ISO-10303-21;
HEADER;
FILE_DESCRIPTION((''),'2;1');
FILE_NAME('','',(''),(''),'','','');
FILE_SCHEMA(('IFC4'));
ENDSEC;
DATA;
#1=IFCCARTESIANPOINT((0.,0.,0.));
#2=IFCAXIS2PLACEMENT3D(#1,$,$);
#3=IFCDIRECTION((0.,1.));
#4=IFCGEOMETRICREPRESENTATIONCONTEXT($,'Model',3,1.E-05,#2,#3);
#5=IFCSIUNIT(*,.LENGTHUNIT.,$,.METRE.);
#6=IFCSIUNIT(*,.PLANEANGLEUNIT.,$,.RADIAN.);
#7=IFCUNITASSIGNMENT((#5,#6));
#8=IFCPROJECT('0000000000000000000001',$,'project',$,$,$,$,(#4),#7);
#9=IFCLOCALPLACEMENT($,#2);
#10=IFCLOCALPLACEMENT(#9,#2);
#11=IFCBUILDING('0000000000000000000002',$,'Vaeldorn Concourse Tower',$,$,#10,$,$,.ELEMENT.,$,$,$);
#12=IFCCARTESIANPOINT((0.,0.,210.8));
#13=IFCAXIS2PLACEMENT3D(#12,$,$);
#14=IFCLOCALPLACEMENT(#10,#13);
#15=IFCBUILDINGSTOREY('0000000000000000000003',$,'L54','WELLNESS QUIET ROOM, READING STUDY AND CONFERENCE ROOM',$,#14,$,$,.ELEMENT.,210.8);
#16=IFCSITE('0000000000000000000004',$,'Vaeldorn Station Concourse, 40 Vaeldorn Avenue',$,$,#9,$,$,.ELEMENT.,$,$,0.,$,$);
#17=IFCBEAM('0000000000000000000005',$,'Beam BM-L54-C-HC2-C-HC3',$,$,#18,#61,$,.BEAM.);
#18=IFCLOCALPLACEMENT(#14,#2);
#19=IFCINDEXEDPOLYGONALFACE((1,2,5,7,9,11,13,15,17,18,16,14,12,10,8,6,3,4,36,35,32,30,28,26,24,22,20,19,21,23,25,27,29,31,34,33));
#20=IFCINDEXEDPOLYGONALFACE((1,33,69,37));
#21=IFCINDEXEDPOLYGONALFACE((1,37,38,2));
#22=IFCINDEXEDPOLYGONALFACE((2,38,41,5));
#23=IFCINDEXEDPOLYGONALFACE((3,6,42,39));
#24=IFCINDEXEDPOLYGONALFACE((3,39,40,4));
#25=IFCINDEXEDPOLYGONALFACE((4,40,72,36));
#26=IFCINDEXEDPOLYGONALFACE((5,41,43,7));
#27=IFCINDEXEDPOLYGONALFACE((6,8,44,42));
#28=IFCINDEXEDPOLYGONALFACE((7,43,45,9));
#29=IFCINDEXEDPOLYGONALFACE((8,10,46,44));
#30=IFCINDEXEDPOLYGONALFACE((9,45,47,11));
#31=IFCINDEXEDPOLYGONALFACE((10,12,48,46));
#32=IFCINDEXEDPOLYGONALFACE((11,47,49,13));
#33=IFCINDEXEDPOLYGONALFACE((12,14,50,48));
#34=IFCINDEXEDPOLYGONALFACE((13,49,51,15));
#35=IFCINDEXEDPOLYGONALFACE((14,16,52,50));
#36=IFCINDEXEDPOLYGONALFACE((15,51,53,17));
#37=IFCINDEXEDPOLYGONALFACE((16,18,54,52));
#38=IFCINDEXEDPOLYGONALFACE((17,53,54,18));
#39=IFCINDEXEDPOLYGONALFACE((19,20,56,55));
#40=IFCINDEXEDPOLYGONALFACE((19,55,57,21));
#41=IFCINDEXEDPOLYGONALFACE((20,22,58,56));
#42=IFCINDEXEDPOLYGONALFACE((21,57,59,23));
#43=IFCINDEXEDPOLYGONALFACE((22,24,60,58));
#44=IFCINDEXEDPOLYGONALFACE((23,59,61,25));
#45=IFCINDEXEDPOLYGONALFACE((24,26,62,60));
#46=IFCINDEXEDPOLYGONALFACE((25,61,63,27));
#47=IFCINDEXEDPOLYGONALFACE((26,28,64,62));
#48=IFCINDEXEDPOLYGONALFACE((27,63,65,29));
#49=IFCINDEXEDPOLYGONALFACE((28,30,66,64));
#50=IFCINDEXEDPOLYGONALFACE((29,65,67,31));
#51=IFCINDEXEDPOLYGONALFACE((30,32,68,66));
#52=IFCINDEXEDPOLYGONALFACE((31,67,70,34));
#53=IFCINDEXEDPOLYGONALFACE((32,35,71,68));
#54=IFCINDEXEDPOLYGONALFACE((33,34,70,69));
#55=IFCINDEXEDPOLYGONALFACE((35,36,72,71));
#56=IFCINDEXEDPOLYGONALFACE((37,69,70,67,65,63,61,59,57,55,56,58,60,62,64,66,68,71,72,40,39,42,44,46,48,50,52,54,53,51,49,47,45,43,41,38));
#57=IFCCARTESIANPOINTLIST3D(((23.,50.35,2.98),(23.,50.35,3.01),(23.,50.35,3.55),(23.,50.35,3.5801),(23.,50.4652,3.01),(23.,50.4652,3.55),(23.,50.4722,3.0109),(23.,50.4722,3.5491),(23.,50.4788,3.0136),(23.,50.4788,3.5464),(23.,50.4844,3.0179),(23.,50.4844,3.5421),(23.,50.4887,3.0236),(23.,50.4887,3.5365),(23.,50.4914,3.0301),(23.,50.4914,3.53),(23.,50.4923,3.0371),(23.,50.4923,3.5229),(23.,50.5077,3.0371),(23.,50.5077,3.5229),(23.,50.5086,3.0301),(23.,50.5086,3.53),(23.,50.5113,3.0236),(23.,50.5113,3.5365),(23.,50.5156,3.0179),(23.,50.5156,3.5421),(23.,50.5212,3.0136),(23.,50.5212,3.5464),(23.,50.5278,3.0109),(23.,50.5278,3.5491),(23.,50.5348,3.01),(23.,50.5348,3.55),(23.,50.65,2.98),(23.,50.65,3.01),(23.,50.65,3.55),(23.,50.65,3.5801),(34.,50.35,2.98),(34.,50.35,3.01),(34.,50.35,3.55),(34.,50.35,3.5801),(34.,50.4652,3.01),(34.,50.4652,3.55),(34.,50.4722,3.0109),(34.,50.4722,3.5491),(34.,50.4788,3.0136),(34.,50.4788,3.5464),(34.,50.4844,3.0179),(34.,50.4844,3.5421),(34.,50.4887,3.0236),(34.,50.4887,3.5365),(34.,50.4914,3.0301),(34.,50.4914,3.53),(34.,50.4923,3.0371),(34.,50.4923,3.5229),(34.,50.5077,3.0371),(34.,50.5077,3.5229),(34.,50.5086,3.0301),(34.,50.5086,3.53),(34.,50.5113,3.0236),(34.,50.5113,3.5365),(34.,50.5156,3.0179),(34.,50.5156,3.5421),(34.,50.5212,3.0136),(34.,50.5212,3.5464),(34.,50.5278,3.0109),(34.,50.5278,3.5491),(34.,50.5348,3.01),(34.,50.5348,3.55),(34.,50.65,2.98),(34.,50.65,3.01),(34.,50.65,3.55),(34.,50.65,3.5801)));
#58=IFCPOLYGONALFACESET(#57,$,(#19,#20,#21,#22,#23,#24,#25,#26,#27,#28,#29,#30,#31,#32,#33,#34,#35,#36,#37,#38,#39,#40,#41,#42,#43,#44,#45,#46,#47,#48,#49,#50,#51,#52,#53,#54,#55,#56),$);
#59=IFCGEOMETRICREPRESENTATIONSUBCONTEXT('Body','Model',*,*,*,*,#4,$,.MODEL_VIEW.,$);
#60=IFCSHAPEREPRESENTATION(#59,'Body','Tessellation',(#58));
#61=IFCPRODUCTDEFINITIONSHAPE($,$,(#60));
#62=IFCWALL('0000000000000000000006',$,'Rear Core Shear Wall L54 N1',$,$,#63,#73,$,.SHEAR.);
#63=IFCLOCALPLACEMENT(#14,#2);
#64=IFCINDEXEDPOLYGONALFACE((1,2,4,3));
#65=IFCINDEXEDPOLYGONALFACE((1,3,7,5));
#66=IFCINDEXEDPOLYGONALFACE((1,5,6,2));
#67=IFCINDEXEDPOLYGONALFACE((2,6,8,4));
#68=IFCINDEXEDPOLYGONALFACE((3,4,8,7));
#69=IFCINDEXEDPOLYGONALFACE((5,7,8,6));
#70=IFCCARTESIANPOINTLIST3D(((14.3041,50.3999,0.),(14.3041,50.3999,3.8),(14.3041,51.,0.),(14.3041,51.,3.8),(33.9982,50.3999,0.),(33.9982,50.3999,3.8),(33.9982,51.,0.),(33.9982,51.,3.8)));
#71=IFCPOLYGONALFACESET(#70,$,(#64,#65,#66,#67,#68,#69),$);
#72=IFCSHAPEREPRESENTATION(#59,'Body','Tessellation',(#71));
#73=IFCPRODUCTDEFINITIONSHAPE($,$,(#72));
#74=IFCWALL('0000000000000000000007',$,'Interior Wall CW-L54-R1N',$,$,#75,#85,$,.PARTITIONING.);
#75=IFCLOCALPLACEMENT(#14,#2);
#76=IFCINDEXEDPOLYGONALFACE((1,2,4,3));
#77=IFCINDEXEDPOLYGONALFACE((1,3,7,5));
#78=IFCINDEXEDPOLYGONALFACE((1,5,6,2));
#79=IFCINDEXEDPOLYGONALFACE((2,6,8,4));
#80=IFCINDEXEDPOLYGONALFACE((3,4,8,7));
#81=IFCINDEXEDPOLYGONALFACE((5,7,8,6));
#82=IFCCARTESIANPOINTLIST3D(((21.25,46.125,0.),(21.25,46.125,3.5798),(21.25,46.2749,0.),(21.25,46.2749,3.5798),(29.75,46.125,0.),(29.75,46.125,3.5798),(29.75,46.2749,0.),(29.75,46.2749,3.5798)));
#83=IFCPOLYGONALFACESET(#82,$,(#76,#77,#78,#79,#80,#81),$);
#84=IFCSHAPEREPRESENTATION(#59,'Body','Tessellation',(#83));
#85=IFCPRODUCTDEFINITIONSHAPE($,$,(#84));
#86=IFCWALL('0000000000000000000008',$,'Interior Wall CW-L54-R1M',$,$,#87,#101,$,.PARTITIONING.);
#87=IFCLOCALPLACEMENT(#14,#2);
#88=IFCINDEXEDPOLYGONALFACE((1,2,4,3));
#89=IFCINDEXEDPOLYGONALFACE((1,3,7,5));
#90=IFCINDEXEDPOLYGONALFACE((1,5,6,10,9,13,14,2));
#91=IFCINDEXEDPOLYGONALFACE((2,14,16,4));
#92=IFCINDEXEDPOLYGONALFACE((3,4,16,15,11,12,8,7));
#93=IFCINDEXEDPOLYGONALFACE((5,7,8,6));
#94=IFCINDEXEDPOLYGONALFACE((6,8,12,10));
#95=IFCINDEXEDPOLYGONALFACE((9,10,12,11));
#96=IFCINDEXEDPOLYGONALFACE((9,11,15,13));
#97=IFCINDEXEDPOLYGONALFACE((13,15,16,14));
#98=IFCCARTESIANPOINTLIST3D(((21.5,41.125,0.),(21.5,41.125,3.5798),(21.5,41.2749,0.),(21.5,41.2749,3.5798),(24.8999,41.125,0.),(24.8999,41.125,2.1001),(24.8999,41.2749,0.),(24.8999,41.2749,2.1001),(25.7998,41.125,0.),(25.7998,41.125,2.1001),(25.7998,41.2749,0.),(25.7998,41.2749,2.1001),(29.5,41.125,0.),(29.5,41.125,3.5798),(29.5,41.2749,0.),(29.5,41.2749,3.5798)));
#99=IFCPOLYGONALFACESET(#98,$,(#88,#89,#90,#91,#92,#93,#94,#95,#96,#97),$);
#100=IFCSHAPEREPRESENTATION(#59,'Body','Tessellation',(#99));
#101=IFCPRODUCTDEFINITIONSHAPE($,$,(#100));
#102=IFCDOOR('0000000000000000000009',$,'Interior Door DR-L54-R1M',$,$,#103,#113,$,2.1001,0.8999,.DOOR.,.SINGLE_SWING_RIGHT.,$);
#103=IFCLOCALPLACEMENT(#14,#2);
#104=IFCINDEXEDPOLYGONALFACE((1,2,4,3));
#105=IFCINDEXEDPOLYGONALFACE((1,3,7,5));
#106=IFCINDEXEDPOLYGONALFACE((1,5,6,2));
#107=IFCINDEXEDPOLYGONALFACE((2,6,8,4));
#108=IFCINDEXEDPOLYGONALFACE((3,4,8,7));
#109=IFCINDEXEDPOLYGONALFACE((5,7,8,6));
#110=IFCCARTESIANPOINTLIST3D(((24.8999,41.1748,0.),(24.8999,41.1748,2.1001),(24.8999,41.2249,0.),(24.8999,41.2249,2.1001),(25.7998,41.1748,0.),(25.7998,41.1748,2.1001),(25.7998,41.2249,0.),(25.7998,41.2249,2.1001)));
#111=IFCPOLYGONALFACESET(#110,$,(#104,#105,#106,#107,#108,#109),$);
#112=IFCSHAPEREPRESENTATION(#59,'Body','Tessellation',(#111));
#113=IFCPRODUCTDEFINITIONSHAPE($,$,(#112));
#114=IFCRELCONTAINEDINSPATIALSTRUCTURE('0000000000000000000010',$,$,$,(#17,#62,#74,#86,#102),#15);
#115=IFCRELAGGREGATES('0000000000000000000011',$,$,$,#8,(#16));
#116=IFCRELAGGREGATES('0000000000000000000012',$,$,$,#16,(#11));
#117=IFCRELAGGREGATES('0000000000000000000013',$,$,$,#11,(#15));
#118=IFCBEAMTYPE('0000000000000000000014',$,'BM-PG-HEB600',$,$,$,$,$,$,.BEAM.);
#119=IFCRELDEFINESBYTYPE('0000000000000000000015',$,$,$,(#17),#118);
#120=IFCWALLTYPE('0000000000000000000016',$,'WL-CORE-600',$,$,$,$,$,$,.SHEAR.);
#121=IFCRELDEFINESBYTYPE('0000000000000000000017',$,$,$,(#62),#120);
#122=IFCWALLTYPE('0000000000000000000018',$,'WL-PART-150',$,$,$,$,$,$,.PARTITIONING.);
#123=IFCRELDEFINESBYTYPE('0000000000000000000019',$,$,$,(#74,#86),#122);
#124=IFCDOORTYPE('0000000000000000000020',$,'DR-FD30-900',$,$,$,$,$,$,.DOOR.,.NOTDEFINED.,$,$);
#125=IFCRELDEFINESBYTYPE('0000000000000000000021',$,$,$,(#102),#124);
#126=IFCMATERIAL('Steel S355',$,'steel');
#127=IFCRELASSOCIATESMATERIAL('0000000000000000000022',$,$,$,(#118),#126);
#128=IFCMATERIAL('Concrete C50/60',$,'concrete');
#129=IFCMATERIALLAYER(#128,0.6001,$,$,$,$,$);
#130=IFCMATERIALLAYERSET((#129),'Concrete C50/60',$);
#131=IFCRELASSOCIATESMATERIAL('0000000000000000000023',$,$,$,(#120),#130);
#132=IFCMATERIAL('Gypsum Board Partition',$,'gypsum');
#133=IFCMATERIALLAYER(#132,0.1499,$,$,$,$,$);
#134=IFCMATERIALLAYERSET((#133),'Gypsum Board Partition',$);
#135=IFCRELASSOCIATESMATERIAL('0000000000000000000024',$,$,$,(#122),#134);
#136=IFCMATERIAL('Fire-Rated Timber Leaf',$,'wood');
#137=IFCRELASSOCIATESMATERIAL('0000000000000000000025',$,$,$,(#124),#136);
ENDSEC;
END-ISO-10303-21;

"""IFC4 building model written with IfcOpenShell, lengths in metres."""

from ifc_helpers import new_model, si_unit, direction, frame, frame_2d, origin, origin_2d, place, context, subcontext, project, spatial, rectangle, i_section, extrude, source, transform, mapped, material, layer, layer_set, material_profile, profile_set, type_object, element, fill, save


model = new_model("IFC4")

# Units and contexts
model_context = context("Model", 3, precision=1e-05, world=origin(), true_north=direction((0.0, 1.0)))
body_context = subcontext(model_context, "Body", "Model", "MODEL_VIEW")
ifc_project = project(units=[si_unit("LENGTHUNIT", "METRE"), si_unit("PLANEANGLEUNIT", "RADIAN")], contexts=[model_context])

# Site, building, storey
site_placement = place(None, origin())
site = spatial("IfcSite", under=ifc_project, at=site_placement, Name="Vaeldorn Station Concourse, 40 Vaeldorn Avenue", CompositionType="ELEMENT", RefElevation=0.0)
building_placement = place(site_placement, origin())
building = spatial("IfcBuilding", under=site, at=building_placement, Name="Vaeldorn Concourse Tower", CompositionType="ELEMENT")
storey_placement = place(building_placement, frame((0.0, 0.0, 210.8)))
storey = spatial("IfcBuildingStorey", under=building, at=storey_placement, Name="L54", Description="WELLNESS QUIET ROOM, READING STUDY AND CONFERENCE ROOM", CompositionType="ELEMENT", Elevation=210.8)

# Beam
ifc_material_1 = material(Name="Steel S355", Category="steel")
ifc_material_profile_1 = material_profile(ifc_material_1, i_section(OverallWidth=0.3, OverallDepth=0.6001, WebThickness=0.0154, FlangeThickness=0.03, FilletRadius=0.0271, at=origin_2d()), Name="HEB 600")
ifc_profile_set_1 = profile_set([ifc_material_profile_1], Name="Steel S355")
beam_type_1 = type_object("IfcBeamType", Name="BM-PG-HEB600", PredefinedType="BEAM", material=ifc_profile_set_1)
shared_shape_1 = source(origin(), body_context, "Body", "SweptSolid", [
    extrude(i_section(OverallWidth=0.3, OverallDepth=0.6001, WebThickness=0.0154, FlangeThickness=0.03, FilletRadius=0.0271, at=origin_2d()), origin(), (0.0, 0.0, 1.0), 11.0),
])
beam_1_placement = place(storey_placement, frame((23.0, 50.5, 3.28), z_axis=(1.0, 0.0, 0.0), x_axis=(0.0, 1.0, 0.0)))
element("IfcBeam", 1, at=beam_1_placement, inside=storey, type_object=beam_type_1, Name="Beam BM-L54-C-HC2-C-HC3", PredefinedType="BEAM", context=body_context, shape_type="MappedRepresentation", body=[
    mapped(shared_shape_1, transform((0.0, 0.0, 0.0), scale=1.0)),
])

# Walls
ifc_material_2 = material(Name="Concrete C50/60", Category="concrete")
ifc_layer_1 = layer(ifc_material_2, 0.6001)
ifc_layer_set_1 = layer_set([ifc_layer_1], Name="Concrete C50/60")
wall_type_1 = type_object("IfcWallType", Name="WL-CORE-600", PredefinedType="SHEAR", material=ifc_layer_set_1)
wall_1_placement = place(storey_placement, frame((14.304, 50.7, 0.0), z_axis=(0.0, 0.0, 1.0), x_axis=(1.0, 0.0, 0.0)))
element("IfcWall", 2, at=wall_1_placement, inside=storey, type_object=wall_type_1, Name="Rear Core Shear Wall L54 N1", PredefinedType="SHEAR", context=body_context, shape_type="SweptSolid", body=[
    extrude(rectangle(XDim=19.6941, YDim=0.6001, at=frame_2d((9.8472, 0.0))), origin(), (0.0, 0.0, 1.0), 3.8),
])
ifc_material_3 = material(Name="Gypsum Board Partition", Category="gypsum")
ifc_layer_2 = layer(ifc_material_3, 0.1499)
ifc_layer_set_2 = layer_set([ifc_layer_2], Name="Gypsum Board Partition")
wall_type_2 = type_object("IfcWallType", Name="WL-PART-150", PredefinedType="PARTITIONING", material=ifc_layer_set_2)
wall_2_placement = place(storey_placement, frame((21.25, 46.2, 0.0), z_axis=(0.0, 0.0, 1.0), x_axis=(1.0, 0.0, 0.0)))
element("IfcWall", 3, at=wall_2_placement, inside=storey, type_object=wall_type_2, Name="Interior Wall CW-L54-R1N", PredefinedType="PARTITIONING", context=body_context, shape_type="SweptSolid", body=[
    extrude(rectangle(XDim=8.5, YDim=0.1499, at=frame_2d((4.25, 0.0))), origin(), (0.0, 0.0, 1.0), 3.5798),
])

# Wall, opening, door
wall_3_placement = place(storey_placement, frame((21.5, 41.2, 0.0), z_axis=(0.0, 0.0, 1.0), x_axis=(1.0, 0.0, 0.0)))
wall_3 = element("IfcWall", 4, at=wall_3_placement, inside=storey, type_object=wall_type_2, Name="Interior Wall CW-L54-R1M", PredefinedType="PARTITIONING", context=body_context, shape_type="SweptSolid", body=[
    extrude(rectangle(XDim=8.0, YDim=0.1499, at=frame_2d((4.0, 0.0))), origin(), (0.0, 0.0, 1.0), 3.5798),
])
opening_1_placement = place(wall_3_placement, frame((3.3999, 0.0, 0.0)))
opening_1 = element("IfcOpeningElement", 5, at=opening_1_placement, cuts=wall_3, PredefinedType="OPENING", context=body_context, shape_type="SweptSolid", body=[
    extrude(rectangle(XDim=0.8999, YDim=2.1001, at=frame_2d((0.45, 1.05))), frame((0.0, 0.085, 0.0), z_axis=(0.0, -1.0, 0.0), x_axis=(1.0, 0.0, 0.0)), (0.0, 0.0, 1.0), 0.1699),
])
ifc_material_4 = material(Name="Fire-Rated Timber Leaf", Category="wood")
door_type_1 = type_object("IfcDoorType", Name="DR-FD30-900", OperationType="NOTDEFINED", PredefinedType="DOOR", material=ifc_material_4)
shared_shape_2 = source(origin(), body_context, "Body", "SweptSolid", [
    extrude(rectangle(XDim=0.8999, YDim=2.1001, at=frame_2d((0.45, 1.05))), frame((0.0, 0.0249, 0.0), z_axis=(0.0, -1.0, 0.0), x_axis=(1.0, 0.0, 0.0)), (0.0, 0.0, 1.0), 0.05),
])
door_1_placement = place(opening_1_placement, origin())
door_1 = element("IfcDoor", 6, at=door_1_placement, inside=storey, type_object=door_type_1, Name="Interior Door DR-L54-R1M", OperationType="SINGLE_SWING_RIGHT", OverallHeight=2.1001, OverallWidth=0.8999, PredefinedType="DOOR", context=body_context, shape_type="MappedRepresentation", body=[
    mapped(shared_shape_2, transform((0.0, 0.0, 0.0), scale=1.0)),
])
fill(opening_1, door_1)

save(model, "model.ifc")
